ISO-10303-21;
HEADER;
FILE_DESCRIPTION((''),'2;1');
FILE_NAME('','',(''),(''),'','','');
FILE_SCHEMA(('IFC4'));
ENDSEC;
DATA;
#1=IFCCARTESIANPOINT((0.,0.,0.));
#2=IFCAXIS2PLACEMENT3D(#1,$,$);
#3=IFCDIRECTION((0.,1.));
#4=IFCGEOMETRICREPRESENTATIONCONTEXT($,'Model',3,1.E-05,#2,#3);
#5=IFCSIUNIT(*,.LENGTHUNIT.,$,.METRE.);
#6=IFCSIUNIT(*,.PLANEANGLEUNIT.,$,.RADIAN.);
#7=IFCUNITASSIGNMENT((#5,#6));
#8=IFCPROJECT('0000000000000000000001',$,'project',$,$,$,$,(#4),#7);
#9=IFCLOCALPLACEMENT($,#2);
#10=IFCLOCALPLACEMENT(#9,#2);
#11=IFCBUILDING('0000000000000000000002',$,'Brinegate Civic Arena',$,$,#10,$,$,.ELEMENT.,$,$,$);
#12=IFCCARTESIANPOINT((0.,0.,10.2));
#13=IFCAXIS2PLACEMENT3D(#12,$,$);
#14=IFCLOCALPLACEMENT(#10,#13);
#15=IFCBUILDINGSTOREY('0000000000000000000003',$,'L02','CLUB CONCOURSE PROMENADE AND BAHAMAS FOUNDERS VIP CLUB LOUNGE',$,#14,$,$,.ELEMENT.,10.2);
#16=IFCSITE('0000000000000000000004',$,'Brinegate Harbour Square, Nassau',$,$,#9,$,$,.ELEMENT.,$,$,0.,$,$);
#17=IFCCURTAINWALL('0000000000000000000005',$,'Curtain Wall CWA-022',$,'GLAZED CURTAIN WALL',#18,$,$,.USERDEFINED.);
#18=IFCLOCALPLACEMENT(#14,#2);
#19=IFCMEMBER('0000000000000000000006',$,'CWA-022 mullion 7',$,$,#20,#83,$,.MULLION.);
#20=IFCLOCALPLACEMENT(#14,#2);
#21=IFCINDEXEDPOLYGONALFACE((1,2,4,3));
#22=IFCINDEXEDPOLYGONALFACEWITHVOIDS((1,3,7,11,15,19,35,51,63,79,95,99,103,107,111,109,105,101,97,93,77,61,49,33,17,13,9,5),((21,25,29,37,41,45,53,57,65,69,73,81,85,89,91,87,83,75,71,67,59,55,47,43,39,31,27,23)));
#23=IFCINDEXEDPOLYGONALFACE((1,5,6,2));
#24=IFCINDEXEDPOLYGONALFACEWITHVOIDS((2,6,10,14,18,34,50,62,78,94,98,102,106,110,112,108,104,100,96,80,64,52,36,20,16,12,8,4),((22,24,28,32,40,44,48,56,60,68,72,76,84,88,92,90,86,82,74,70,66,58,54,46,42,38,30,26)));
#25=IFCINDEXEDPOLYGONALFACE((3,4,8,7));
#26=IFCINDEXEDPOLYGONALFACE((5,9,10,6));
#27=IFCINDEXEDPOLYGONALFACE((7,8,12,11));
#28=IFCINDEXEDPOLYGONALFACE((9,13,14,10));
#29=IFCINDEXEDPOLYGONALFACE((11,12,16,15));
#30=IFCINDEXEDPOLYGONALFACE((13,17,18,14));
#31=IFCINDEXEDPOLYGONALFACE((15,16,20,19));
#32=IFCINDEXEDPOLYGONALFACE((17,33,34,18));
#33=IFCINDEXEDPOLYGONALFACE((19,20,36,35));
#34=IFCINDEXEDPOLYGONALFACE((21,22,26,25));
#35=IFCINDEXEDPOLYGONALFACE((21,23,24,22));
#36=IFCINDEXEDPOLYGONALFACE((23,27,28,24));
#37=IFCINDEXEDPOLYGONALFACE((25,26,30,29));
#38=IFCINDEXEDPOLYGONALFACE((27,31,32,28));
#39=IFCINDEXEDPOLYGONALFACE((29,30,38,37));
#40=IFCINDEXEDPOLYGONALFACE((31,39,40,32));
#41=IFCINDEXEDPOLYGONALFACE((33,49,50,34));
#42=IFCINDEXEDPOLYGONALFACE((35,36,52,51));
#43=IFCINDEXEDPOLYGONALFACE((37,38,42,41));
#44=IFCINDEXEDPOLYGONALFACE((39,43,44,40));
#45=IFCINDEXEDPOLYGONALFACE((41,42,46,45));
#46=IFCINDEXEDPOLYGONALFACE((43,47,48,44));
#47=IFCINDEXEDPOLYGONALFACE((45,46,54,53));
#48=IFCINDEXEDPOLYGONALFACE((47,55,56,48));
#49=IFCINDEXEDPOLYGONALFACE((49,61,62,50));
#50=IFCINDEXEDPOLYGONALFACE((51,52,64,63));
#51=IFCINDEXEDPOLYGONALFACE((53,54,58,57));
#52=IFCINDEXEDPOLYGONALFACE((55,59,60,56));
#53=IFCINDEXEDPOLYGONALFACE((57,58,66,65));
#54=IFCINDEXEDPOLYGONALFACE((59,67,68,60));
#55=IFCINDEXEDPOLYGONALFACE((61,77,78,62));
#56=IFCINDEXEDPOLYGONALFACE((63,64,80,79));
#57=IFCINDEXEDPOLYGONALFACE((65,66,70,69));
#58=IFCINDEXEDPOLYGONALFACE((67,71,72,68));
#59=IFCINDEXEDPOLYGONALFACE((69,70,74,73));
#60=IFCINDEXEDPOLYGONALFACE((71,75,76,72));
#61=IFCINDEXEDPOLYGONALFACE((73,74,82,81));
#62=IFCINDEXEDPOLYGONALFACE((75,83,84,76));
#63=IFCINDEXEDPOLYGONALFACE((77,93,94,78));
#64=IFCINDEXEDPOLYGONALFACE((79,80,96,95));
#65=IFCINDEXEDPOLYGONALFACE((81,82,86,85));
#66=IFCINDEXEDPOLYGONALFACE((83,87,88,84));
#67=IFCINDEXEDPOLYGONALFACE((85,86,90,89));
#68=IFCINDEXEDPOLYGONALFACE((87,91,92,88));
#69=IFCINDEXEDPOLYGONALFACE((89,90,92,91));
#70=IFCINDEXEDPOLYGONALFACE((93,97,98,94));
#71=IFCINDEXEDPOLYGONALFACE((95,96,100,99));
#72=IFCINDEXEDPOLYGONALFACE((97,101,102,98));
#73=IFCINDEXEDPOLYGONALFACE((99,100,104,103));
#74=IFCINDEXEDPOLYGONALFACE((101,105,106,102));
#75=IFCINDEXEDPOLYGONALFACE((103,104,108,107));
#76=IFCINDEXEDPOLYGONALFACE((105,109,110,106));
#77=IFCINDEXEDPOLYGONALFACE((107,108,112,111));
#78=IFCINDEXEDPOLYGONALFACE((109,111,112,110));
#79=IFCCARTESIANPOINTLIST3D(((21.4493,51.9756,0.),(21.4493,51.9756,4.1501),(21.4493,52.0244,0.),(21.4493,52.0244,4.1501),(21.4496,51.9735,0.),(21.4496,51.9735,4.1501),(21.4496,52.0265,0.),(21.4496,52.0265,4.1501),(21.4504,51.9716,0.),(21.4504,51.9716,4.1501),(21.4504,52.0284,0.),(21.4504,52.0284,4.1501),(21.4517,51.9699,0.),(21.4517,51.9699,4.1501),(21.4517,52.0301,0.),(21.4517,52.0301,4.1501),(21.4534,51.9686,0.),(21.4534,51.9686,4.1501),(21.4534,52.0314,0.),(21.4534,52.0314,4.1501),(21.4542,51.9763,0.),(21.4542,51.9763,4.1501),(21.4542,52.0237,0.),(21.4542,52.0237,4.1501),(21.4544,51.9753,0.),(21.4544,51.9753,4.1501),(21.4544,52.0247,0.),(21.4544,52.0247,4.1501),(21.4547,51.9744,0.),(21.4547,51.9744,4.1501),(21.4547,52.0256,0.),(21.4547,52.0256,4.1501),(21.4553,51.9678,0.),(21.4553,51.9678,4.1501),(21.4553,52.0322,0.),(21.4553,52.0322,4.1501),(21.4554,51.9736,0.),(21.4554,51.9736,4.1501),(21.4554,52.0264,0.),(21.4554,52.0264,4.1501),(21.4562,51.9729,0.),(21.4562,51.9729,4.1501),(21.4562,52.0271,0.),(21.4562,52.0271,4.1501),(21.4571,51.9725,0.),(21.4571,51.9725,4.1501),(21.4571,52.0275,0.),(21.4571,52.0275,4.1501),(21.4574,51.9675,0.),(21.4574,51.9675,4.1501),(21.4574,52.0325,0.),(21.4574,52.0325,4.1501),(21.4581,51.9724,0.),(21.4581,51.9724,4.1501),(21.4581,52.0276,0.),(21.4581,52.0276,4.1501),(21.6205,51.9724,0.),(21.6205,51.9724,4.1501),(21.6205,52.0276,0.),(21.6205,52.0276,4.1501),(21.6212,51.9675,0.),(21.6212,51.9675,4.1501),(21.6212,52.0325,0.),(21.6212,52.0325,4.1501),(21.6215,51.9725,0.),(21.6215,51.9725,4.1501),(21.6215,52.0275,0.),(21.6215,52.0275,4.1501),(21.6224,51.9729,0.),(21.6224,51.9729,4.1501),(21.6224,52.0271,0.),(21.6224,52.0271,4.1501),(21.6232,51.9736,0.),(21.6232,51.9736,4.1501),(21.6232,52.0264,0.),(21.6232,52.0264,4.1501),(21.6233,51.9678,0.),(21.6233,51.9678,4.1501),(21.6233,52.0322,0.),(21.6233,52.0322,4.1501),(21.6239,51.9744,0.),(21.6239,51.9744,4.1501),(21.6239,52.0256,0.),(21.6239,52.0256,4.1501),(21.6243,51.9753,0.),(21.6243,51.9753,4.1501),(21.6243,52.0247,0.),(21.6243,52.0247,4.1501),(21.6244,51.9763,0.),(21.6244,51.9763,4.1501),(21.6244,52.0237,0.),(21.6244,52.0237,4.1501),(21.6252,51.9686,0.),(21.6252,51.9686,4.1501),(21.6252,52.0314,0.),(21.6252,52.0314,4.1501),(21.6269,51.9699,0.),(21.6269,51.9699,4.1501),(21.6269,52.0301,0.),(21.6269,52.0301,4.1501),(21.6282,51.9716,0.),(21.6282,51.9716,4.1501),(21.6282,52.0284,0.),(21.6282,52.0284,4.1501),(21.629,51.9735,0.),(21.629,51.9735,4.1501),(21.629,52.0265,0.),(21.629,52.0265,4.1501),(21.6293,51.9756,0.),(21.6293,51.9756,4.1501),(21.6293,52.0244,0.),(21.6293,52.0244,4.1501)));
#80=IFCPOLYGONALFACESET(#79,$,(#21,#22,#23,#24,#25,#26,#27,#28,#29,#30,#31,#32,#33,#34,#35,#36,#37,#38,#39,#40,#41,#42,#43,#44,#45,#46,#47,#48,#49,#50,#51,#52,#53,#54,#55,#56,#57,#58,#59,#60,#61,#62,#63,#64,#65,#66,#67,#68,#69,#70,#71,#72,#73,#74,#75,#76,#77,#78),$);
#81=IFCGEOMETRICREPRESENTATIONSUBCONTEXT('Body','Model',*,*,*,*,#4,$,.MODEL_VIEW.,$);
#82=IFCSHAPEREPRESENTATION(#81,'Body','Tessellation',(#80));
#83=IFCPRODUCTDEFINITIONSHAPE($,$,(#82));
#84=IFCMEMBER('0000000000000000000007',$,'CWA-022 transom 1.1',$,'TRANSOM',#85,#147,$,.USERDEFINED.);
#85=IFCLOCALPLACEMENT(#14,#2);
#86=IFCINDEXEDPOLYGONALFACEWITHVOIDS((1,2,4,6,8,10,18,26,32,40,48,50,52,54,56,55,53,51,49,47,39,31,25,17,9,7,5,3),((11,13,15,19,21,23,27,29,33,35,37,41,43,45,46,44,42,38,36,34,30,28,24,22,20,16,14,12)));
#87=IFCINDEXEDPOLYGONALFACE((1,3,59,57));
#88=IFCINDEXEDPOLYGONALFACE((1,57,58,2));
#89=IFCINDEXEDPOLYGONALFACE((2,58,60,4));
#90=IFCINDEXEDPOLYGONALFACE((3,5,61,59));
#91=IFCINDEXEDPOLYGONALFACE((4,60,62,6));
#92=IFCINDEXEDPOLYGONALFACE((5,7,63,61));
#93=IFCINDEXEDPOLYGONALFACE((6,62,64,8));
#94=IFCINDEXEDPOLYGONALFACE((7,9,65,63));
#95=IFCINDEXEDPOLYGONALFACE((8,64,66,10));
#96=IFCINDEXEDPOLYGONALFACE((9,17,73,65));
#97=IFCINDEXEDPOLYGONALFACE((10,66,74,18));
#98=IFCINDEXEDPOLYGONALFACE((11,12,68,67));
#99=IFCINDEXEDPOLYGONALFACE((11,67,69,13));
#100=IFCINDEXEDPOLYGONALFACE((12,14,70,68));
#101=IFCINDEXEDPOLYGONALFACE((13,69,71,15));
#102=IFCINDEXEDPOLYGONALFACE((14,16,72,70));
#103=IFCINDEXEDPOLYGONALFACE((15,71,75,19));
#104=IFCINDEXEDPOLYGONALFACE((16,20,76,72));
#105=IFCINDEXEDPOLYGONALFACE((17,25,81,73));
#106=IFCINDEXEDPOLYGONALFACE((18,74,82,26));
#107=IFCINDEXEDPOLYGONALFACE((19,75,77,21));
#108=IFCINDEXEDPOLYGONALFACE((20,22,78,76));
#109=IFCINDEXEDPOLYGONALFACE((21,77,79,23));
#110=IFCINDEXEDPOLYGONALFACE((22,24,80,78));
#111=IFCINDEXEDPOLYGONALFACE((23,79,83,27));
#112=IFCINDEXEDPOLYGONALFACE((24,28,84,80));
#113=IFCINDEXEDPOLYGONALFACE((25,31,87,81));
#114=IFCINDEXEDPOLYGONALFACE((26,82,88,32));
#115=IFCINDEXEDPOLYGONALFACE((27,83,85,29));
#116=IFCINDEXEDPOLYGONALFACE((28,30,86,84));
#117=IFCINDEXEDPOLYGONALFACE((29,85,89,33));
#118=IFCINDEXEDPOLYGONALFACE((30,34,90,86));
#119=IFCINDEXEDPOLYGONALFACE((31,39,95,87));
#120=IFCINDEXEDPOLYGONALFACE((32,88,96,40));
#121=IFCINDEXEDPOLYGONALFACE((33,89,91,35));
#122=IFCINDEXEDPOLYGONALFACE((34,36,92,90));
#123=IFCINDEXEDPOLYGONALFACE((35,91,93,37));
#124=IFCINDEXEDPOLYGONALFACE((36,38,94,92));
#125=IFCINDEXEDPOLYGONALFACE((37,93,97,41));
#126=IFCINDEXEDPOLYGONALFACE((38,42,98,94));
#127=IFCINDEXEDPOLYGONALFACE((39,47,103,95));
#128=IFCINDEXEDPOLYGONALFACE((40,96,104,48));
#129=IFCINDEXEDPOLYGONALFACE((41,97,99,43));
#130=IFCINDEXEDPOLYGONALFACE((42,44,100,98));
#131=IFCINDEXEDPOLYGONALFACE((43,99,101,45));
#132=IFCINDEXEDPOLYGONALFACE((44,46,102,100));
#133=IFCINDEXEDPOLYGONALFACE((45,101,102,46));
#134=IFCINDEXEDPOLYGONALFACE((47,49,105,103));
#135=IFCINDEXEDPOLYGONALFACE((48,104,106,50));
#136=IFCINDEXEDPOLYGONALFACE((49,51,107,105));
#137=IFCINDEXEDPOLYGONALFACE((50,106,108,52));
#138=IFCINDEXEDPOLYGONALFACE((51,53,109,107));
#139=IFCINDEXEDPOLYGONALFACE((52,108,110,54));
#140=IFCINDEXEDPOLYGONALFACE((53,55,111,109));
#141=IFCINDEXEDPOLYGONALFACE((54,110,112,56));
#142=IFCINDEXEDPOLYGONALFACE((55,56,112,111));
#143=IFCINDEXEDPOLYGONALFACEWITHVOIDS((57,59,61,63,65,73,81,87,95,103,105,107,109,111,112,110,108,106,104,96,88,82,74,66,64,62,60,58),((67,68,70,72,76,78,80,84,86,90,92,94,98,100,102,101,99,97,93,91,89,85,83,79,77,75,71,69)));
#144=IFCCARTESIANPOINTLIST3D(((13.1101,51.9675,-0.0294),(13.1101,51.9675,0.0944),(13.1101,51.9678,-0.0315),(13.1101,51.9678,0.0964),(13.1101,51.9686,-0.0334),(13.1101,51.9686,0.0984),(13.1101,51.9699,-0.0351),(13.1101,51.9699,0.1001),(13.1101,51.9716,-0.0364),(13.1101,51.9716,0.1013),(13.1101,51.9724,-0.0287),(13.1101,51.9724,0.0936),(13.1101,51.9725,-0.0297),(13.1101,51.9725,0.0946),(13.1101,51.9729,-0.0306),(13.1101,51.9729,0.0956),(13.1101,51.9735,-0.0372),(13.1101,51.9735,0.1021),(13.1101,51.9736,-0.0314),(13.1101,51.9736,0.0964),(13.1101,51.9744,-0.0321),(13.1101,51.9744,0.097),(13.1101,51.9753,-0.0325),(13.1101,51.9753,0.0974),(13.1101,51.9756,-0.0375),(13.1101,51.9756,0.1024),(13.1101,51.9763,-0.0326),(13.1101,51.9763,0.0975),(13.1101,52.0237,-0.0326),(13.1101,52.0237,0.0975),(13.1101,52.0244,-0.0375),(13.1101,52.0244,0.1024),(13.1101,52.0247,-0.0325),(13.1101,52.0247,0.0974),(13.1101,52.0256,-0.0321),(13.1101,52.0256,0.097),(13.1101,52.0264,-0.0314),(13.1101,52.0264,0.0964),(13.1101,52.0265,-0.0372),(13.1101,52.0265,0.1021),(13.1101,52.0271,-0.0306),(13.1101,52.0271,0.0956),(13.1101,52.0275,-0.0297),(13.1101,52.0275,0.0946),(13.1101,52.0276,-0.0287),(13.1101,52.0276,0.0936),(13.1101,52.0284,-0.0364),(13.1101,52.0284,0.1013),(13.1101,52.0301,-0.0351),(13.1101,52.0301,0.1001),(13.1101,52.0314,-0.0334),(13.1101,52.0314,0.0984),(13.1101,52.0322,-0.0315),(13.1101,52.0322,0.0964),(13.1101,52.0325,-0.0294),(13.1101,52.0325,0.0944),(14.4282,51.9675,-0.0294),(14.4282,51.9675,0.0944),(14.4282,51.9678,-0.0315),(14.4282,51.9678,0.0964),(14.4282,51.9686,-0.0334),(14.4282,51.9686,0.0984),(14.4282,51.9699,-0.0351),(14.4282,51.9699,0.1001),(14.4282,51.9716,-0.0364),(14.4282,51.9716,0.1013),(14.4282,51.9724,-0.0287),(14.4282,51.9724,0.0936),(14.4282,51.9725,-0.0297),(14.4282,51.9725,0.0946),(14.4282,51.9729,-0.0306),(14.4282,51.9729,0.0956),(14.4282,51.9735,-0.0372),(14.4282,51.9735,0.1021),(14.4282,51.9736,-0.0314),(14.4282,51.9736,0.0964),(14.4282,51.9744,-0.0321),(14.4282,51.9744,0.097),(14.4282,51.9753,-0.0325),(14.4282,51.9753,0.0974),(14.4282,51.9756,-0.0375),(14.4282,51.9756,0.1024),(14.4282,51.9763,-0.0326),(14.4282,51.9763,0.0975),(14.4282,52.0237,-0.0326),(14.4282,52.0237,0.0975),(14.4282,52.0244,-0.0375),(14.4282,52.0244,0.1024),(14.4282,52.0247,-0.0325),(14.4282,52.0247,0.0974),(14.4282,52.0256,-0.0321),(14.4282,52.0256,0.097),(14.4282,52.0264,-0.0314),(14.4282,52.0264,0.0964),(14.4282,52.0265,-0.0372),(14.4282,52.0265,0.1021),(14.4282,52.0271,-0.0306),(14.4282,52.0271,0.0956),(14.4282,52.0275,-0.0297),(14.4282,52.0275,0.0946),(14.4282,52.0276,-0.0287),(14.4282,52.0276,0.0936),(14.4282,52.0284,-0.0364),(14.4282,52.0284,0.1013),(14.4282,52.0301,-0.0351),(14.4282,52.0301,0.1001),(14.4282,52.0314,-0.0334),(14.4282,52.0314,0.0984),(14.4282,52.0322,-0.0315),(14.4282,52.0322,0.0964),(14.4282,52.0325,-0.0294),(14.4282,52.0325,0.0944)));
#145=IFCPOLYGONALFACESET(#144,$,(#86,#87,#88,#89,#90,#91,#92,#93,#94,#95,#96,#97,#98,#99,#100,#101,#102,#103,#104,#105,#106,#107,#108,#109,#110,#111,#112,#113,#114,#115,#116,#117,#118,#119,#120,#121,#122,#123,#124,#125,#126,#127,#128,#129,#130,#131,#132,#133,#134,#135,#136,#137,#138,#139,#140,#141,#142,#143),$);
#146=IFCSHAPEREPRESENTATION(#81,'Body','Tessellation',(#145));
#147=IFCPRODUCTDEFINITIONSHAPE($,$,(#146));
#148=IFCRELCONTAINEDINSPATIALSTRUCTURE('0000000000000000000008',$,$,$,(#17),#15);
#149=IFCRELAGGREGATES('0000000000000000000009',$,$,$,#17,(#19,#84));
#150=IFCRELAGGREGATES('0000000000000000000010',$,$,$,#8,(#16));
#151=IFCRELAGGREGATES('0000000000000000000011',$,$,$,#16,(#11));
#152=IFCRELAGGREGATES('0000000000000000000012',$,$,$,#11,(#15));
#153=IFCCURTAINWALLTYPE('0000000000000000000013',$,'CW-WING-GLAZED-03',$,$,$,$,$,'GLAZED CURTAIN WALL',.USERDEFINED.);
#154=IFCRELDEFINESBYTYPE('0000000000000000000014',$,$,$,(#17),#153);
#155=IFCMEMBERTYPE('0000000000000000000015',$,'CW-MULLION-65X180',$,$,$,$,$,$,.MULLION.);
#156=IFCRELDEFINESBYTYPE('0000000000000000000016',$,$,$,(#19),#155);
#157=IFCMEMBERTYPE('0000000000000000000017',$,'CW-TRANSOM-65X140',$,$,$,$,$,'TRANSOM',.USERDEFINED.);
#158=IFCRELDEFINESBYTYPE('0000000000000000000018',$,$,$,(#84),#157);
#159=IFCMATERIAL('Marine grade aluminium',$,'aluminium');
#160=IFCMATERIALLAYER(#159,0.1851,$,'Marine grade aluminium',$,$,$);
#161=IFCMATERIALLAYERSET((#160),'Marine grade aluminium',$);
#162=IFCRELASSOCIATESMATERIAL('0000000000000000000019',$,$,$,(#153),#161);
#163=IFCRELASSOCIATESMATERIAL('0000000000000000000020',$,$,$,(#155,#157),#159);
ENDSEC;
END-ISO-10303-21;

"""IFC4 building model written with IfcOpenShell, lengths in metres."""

from ifc_helpers import new_model, si_unit, direction, frame, origin, origin_2d, place, context, subcontext, project, spatial, hollow_rectangle, extrude, material, layer, layer_set, material_profile, profile_set, type_object, element, aggregate, save


model = new_model("IFC4")

# Units and contexts
model_context = context("Model", 3, precision=1e-05, world=origin(), true_north=direction((0.0, 1.0)))
body_context = subcontext(model_context, "Body", "Model", "MODEL_VIEW")
ifc_project = project(units=[si_unit("LENGTHUNIT", "METRE"), si_unit("PLANEANGLEUNIT", "RADIAN")], contexts=[model_context])

# Site, building, storey
site_placement = place(None, origin())
site = spatial("IfcSite", under=ifc_project, at=site_placement, Name="Brinegate Harbour Square, Nassau", CompositionType="ELEMENT", RefElevation=0.0)
building_placement = place(site_placement, origin())
building = spatial("IfcBuilding", under=site, at=building_placement, Name="Brinegate Civic Arena", CompositionType="ELEMENT")
storey_placement = place(building_placement, frame((0.0, 0.0, 10.2)))
storey = spatial("IfcBuildingStorey", under=building, at=storey_placement, Name="L02", Description="CLUB CONCOURSE PROMENADE AND BAHAMAS FOUNDERS VIP CLUB LOUNGE", CompositionType="ELEMENT", Elevation=10.2)

# Curtain wall, members
ifc_material_1 = material(Name="Marine grade aluminium", Category="aluminium")
ifc_layer_1 = layer(ifc_material_1, 0.1851, Name="Marine grade aluminium")
ifc_layer_set_1 = layer_set([ifc_layer_1], Name="Marine grade aluminium")
curtain_wall_type = type_object("IfcCurtainWallType", Name="CW-WING-GLAZED-03", ElementType="GLAZED CURTAIN WALL", PredefinedType="USERDEFINED", material=ifc_layer_set_1)
curtain_wall_placement = place(storey_placement, origin())
curtain_wall = element("IfcCurtainWall", 1, at=curtain_wall_placement, inside=storey, type_object=curtain_wall_type, Name="Curtain Wall CWA-022", ObjectType="GLAZED CURTAIN WALL", PredefinedType="USERDEFINED")
ifc_material_profile_1 = material_profile(ifc_material_1, hollow_rectangle(XDim=0.0649, YDim=0.1799, WallThickness=0.0049, InnerFilletRadius=0.0039, OuterFilletRadius=0.0081, at=origin_2d()), Name="MUL65X180")
ifc_profile_set_1 = profile_set([ifc_material_profile_1], Name="Marine grade aluminium")
member_type_1 = type_object("IfcMemberType", Name="CW-MULLION-65X180", PredefinedType="MULLION", material=ifc_profile_set_1)
member_1_placement = place(storey_placement, frame((21.5393, 52.0, 0.0), z_axis=(0.0, 0.0, 1.0), x_axis=(0.0, 1.0, 0.0)))
member_1 = element("IfcMember", 2, at=member_1_placement, type_object=member_type_1, Name="CWA-022 mullion 7", PredefinedType="MULLION", context=body_context, shape_type="SweptSolid", body=[
    extrude(hollow_rectangle(XDim=0.0649, YDim=0.1799, WallThickness=0.0049, InnerFilletRadius=0.0039, OuterFilletRadius=0.0081, at=origin_2d()), origin(), (0.0, 0.0, 1.0), 4.1501),
])
ifc_material_profile_2 = material_profile(ifc_material_1, hollow_rectangle(XDim=0.0649, YDim=0.1399, WallThickness=0.0049, InnerFilletRadius=0.0039, OuterFilletRadius=0.0081, at=origin_2d()), Name="TRN65X140")
ifc_profile_set_2 = profile_set([ifc_material_profile_2], Name="Marine grade aluminium")
member_type_2 = type_object("IfcMemberType", Name="CW-TRANSOM-65X140", ElementType="TRANSOM", PredefinedType="USERDEFINED", material=ifc_profile_set_2)
member_2_placement = place(storey_placement, frame((13.1101, 52.0, 0.0325), z_axis=(1.0, 0.0, 0.0), x_axis=(0.0, 1.0, 0.0)))
member_2 = element("IfcMember", 3, at=member_2_placement, type_object=member_type_2, Name="CWA-022 transom 1.1", ObjectType="TRANSOM", PredefinedType="USERDEFINED", context=body_context, shape_type="SweptSolid", body=[
    extrude(hollow_rectangle(XDim=0.0649, YDim=0.1399, WallThickness=0.0049, InnerFilletRadius=0.0039, OuterFilletRadius=0.0081, at=origin_2d()), origin(), (0.0, 0.0, 1.0), 1.3181),
])
aggregate(curtain_wall, [member_1, member_2])

save(model, "model.ifc")
